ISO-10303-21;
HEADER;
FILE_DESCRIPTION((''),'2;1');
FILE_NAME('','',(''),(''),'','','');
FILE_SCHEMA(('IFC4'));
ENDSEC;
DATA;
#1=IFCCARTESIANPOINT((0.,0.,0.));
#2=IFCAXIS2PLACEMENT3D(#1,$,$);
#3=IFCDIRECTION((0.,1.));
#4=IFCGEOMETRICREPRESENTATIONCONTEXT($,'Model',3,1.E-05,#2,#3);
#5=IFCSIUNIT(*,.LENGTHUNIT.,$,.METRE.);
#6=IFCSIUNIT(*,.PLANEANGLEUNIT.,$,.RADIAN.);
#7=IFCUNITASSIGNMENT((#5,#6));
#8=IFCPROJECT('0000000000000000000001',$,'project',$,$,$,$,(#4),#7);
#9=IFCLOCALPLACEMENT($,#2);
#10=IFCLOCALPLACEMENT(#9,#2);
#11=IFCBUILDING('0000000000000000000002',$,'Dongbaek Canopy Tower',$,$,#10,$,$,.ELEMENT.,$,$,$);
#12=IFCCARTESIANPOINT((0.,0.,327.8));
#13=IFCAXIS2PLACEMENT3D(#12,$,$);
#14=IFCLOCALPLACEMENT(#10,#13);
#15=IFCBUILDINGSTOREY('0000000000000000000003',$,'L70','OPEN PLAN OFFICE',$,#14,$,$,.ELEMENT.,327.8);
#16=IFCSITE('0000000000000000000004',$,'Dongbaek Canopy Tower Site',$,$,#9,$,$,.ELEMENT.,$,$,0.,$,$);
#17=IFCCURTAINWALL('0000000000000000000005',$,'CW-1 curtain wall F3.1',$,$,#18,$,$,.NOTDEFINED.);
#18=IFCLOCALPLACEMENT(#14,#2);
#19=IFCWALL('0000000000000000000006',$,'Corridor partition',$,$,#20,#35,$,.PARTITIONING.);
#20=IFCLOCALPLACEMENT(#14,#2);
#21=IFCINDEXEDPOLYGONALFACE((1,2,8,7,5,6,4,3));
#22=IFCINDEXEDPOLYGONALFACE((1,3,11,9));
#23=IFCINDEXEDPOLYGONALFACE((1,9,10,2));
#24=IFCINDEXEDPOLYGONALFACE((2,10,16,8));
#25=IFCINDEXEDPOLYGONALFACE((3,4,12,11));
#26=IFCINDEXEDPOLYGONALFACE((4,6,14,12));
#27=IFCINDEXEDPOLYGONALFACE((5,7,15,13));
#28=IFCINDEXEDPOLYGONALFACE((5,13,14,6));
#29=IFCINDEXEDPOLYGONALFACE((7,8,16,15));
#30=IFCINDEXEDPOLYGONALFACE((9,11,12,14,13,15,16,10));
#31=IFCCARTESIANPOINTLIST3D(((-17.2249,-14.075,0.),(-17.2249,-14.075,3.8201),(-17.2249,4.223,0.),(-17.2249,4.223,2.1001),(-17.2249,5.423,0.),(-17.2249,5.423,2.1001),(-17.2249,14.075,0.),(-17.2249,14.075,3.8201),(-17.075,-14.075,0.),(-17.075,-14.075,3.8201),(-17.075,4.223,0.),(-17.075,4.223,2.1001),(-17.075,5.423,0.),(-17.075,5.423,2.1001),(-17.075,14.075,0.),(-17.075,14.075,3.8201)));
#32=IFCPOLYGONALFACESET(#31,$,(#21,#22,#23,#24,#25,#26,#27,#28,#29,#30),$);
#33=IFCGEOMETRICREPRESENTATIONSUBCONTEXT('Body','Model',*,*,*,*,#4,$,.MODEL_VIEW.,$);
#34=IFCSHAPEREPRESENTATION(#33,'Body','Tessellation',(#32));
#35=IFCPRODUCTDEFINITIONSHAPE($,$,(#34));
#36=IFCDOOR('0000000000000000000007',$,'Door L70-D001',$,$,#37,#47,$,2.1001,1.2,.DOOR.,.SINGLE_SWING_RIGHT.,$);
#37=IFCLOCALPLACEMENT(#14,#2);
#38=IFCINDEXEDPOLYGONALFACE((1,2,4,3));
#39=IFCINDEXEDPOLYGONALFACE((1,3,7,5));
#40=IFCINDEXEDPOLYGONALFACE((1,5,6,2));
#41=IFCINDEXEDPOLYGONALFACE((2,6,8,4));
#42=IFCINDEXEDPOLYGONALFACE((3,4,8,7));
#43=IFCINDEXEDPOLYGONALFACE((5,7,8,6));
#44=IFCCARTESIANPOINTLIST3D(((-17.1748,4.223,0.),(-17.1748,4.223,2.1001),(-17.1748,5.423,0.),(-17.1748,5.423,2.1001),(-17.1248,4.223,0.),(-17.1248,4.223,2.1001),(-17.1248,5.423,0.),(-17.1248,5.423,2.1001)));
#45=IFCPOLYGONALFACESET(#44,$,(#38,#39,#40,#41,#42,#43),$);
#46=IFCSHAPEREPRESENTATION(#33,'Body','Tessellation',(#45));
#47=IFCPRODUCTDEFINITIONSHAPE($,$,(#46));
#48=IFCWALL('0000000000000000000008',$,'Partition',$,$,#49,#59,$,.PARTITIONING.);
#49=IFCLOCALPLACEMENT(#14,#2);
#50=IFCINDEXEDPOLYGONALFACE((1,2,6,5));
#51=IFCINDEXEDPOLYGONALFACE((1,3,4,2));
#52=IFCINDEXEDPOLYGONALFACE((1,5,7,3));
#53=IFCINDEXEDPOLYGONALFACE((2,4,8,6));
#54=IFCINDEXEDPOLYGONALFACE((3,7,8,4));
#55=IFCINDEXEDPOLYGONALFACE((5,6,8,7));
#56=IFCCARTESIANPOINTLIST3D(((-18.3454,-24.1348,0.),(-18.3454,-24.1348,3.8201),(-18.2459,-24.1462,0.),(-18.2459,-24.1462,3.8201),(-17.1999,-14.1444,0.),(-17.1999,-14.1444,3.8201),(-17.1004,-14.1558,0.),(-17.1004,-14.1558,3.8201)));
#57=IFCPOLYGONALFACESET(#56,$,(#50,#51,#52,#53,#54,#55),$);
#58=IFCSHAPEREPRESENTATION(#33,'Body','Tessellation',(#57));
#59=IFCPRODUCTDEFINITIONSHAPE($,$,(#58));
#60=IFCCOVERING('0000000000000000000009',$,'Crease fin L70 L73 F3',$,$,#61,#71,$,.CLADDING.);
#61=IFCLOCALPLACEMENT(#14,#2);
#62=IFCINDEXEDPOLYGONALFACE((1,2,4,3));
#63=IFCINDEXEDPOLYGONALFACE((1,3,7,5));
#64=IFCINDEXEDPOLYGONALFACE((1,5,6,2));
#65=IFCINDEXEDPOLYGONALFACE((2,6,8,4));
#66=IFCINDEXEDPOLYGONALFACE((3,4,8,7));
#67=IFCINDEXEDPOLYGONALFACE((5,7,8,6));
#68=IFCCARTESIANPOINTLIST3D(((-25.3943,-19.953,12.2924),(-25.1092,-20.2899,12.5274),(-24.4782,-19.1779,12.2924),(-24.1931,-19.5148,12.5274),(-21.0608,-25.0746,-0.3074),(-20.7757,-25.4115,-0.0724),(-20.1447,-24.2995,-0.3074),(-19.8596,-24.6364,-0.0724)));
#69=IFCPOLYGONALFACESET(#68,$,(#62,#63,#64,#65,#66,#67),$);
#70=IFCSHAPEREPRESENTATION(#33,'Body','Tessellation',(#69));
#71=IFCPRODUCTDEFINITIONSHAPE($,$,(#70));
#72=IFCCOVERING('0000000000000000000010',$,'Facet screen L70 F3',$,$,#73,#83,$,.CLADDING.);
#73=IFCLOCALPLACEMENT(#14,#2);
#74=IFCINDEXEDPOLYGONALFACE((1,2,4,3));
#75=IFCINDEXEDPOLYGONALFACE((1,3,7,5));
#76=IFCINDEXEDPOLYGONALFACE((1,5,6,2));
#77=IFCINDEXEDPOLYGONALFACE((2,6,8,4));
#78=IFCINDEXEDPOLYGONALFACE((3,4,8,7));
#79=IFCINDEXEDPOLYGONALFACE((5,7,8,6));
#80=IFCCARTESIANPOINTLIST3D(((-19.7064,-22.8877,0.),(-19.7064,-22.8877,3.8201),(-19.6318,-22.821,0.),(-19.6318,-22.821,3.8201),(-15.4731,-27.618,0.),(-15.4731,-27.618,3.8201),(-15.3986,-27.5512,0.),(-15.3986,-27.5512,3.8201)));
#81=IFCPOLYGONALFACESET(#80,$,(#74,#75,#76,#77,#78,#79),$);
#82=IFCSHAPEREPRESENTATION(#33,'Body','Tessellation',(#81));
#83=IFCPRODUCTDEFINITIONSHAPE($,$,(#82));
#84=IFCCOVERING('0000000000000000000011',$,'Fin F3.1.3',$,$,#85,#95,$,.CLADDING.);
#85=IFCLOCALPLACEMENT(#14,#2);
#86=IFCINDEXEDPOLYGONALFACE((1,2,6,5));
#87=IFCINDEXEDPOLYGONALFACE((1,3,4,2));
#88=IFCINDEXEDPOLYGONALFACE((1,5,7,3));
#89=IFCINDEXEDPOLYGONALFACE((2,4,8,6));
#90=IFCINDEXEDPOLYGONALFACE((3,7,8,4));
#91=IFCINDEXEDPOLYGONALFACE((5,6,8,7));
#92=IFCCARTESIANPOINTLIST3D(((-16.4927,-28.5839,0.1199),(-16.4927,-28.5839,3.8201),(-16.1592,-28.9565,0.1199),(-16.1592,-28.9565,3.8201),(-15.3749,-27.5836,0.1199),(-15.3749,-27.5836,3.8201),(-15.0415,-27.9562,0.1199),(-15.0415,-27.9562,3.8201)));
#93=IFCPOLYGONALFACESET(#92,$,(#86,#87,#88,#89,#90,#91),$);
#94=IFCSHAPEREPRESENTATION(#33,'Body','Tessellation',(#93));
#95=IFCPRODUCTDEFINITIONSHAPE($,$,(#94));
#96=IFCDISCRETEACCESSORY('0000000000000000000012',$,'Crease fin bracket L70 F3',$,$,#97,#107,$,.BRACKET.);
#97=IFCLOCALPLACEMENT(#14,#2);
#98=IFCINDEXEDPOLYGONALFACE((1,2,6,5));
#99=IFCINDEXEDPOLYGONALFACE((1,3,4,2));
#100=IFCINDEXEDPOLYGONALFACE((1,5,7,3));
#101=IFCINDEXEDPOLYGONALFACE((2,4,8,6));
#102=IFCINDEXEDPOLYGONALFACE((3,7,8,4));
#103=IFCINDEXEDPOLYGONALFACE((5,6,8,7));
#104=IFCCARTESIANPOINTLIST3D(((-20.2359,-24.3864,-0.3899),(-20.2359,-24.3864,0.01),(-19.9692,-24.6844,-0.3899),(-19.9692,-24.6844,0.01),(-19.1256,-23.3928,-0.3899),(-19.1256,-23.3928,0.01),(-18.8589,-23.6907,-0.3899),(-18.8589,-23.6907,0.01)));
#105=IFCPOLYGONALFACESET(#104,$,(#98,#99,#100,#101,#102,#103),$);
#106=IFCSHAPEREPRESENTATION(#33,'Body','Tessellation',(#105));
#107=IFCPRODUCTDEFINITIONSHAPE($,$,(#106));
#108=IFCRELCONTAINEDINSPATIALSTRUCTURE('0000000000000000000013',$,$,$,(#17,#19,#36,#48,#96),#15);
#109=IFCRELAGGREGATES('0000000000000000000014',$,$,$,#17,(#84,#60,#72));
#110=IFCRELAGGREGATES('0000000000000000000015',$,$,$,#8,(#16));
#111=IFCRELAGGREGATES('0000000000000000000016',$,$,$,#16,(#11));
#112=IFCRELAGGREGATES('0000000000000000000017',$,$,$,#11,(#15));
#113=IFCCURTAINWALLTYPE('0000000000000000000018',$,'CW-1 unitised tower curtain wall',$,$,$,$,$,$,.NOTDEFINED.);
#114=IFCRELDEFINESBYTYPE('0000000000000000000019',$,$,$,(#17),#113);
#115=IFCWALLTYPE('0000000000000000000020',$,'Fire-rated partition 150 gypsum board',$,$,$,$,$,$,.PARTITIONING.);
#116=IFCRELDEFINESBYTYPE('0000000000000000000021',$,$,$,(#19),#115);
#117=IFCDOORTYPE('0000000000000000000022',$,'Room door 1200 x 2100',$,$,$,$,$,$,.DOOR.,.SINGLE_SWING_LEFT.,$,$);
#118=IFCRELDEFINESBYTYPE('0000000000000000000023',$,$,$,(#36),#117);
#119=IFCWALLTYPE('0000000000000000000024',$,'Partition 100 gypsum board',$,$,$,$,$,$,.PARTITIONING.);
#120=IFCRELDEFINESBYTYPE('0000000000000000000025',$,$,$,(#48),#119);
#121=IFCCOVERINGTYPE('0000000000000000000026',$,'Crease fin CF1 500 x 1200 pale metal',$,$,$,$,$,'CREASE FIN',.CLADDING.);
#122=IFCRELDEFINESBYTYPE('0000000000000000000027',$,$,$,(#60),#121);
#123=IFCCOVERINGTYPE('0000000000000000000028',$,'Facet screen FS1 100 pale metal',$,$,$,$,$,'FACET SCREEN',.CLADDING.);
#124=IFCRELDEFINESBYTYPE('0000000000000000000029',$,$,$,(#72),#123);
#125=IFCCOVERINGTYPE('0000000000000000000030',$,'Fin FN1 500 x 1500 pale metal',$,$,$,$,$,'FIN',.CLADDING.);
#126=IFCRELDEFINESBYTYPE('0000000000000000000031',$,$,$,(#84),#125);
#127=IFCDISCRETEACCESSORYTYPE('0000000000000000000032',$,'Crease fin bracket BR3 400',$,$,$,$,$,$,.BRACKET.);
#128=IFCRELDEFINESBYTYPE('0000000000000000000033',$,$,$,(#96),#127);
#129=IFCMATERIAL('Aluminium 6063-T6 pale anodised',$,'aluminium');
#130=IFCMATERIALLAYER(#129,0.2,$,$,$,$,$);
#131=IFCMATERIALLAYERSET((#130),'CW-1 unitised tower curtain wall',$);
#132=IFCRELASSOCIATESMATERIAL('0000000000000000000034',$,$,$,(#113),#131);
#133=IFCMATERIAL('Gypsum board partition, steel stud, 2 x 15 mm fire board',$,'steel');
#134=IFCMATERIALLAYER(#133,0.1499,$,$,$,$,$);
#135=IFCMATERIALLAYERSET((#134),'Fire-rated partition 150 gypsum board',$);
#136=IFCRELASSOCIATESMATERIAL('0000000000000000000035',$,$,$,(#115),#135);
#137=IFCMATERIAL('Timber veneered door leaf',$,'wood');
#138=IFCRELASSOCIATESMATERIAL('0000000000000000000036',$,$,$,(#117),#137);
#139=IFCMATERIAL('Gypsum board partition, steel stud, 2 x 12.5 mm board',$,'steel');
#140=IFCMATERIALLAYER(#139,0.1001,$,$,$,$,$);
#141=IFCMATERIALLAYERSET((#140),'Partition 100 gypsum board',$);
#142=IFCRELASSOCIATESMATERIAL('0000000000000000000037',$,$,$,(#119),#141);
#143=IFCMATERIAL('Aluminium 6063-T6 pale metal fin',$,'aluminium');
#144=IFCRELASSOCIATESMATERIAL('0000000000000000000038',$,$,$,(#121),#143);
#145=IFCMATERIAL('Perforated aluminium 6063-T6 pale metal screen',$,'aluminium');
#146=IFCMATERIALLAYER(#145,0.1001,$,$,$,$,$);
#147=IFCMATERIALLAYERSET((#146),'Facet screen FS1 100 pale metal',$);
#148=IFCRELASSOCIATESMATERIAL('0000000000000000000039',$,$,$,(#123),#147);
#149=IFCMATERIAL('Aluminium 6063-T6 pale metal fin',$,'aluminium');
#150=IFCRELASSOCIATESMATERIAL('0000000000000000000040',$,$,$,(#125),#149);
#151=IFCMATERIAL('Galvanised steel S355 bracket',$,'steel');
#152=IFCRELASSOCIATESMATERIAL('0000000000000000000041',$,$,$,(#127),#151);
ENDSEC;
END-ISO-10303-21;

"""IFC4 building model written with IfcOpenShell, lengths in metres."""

from ifc_helpers import new_model, si_unit, direction, frame, frame_2d, origin, origin_2d, place, context, subcontext, project, spatial, rectangle, extrude, material, layer, layer_set, material_profile, profile_set, type_object, element, fill, aggregate, save


model = new_model("IFC4")

# Units and contexts
model_context = context("Model", 3, precision=1e-05, world=origin(), true_north=direction((0.0, 1.0)))
body_context = subcontext(model_context, "Body", "Model", "MODEL_VIEW")
ifc_project = project(units=[si_unit("LENGTHUNIT", "METRE"), si_unit("PLANEANGLEUNIT", "RADIAN")], contexts=[model_context])

# Site, building, storey
site_placement = place(None, origin())
site = spatial("IfcSite", under=ifc_project, at=site_placement, Name="Dongbaek Canopy Tower Site", CompositionType="ELEMENT", RefElevation=0.0)
building_placement = place(site_placement, origin())
building = spatial("IfcBuilding", under=site, at=building_placement, Name="Dongbaek Canopy Tower", CompositionType="ELEMENT")
storey_placement = place(building_placement, frame((0.0, 0.0, 327.8)))
storey = spatial("IfcBuildingStorey", under=building, at=storey_placement, Name="L70", Description="OPEN PLAN OFFICE", CompositionType="ELEMENT", Elevation=327.8)

# Curtain wall
ifc_material_1 = material(Name="Aluminium 6063-T6 pale anodised", Category="aluminium")
ifc_layer_1 = layer(ifc_material_1, 0.2)
ifc_layer_set_1 = layer_set([ifc_layer_1], Name="CW-1 unitised tower curtain wall")
curtain_wall_type = type_object("IfcCurtainWallType", Name="CW-1 unitised tower curtain wall", PredefinedType="NOTDEFINED", material=ifc_layer_set_1)
curtain_wall_placement = place(storey_placement, origin())
curtain_wall = element("IfcCurtainWall", 1, at=curtain_wall_placement, inside=storey, type_object=curtain_wall_type, Name="CW-1 curtain wall F3.1", PredefinedType="NOTDEFINED")

# Wall, opening, door
ifc_material_2 = material(Name="Gypsum board partition, steel stud, 2 x 15 mm fire board", Category="steel")
ifc_layer_2 = layer(ifc_material_2, 0.1499)
ifc_layer_set_2 = layer_set([ifc_layer_2], Name="Fire-rated partition 150 gypsum board")
wall_type_1 = type_object("IfcWallType", Name="Fire-rated partition 150 gypsum board", PredefinedType="PARTITIONING", material=ifc_layer_set_2)
wall_1_placement = place(storey_placement, frame((-17.1499, -14.075, 0.0), z_axis=(0.0, 0.0, 1.0), x_axis=(0.0, 1.0, 0.0)))
wall_1 = element("IfcWall", 2, at=wall_1_placement, inside=storey, type_object=wall_type_1, Name="Corridor partition", PredefinedType="PARTITIONING", context=body_context, shape_type="SweptSolid", body=[
    extrude(rectangle(XDim=28.1499, YDim=0.1499, at=frame_2d((14.075, 0.0))), origin(), (0.0, 0.0, 1.0), 3.8201),
])
opening_placement = place(wall_1_placement, frame((18.2979, 0.0, 0.0)))
opening = element("IfcOpeningElement", 3, at=opening_placement, cuts=wall_1, PredefinedType="OPENING", context=body_context, shape_type="SweptSolid", body=[
    extrude(rectangle(XDim=1.2, YDim=2.1001, at=frame_2d((0.6001, 1.05))), frame((0.0, 0.085, 0.0), z_axis=(0.0, -1.0, 0.0), x_axis=(1.0, 0.0, 0.0)), (0.0, 0.0, 1.0), 0.1699),
])
ifc_material_3 = material(Name="Timber veneered door leaf", Category="wood")
door_type = type_object("IfcDoorType", Name="Room door 1200 x 2100", OperationType="SINGLE_SWING_LEFT", PredefinedType="DOOR", material=ifc_material_3)
door_placement = place(opening_placement, origin())
door = element("IfcDoor", 4, at=door_placement, inside=storey, type_object=door_type, Name="Door L70-D001", OperationType="SINGLE_SWING_RIGHT", OverallHeight=2.1001, OverallWidth=1.2, PredefinedType="DOOR", context=body_context, shape_type="SweptSolid", body=[
    extrude(rectangle(XDim=1.2, YDim=2.1001, at=frame_2d((0.6001, 1.05))), frame((0.0, 0.0249, 0.0), z_axis=(0.0, -1.0, 0.0), x_axis=(1.0, 0.0, 0.0)), (0.0, 0.0, 1.0), 0.05),
])
fill(opening, door)

# Wall
ifc_material_4 = material(Name="Gypsum board partition, steel stud, 2 x 12.5 mm board", Category="steel")
ifc_layer_3 = layer(ifc_material_4, 0.1001)
ifc_layer_set_3 = layer_set([ifc_layer_3], Name="Partition 100 gypsum board")
wall_type_2 = type_object("IfcWallType", Name="Partition 100 gypsum board", PredefinedType="PARTITIONING", material=ifc_layer_set_3)
wall_2_placement = place(storey_placement, frame((-18.2957, -24.1404, 0.0), z_axis=(0.0, 0.0, 1.0), x_axis=(0.113914, 0.993491, 0.0)))
element("IfcWall", 5, at=wall_2_placement, inside=storey, type_object=wall_type_2, Name="Partition", PredefinedType="PARTITIONING", context=body_context, shape_type="SweptSolid", body=[
    extrude(rectangle(XDim=10.0559, YDim=0.1001, at=frame_2d((5.0278, 0.0))), origin(), (0.0, 0.0, 1.0), 3.8201),
])

# Coverings
ifc_material_5 = material(Name="Aluminium 6063-T6 pale metal fin", Category="aluminium")
ifc_material_profile_1 = material_profile(ifc_material_5, rectangle(XDim=1.2, YDim=0.5, at=origin_2d()), Name="Crease fin CF1 500 x 1200 pale metal")
ifc_profile_set_1 = profile_set([ifc_material_profile_1], Name="Aluminium 6063-T6 pale metal fin")
covering_type_1 = type_object("IfcCoveringType", Name="Crease fin CF1 500 x 1200 pale metal", ElementType="CREASE FIN", PredefinedType="CLADDING", material=ifc_profile_set_1)
covering_1_placement = place(storey_placement, frame((-20.4602, -24.8555, -0.1899), z_axis=(-0.30358, 0.358788, 0.882672), x_axis=(-0.763397, -0.645929, 0.0)))
covering_1 = element("IfcCovering", 6, at=covering_1_placement, type_object=covering_type_1, Name="Crease fin L70 L73 F3", PredefinedType="CLADDING", context=body_context, shape_type="SweptSolid", body=[
    extrude(rectangle(XDim=1.2, YDim=0.5, at=origin_2d()), origin(), (0.0, 0.0, 1.0), 14.2747),
])
ifc_material_6 = material(Name="Perforated aluminium 6063-T6 pale metal screen", Category="aluminium")
ifc_layer_4 = layer(ifc_material_6, 0.1001)
ifc_layer_set_4 = layer_set([ifc_layer_4], Name="Facet screen FS1 100 pale metal")
covering_type_2 = type_object("IfcCoveringType", Name="Facet screen FS1 100 pale metal", ElementType="FACET SCREEN", PredefinedType="CLADDING", material=ifc_layer_set_4)
covering_2_placement = place(storey_placement, frame((-17.5525, -25.2195, 0.0), z_axis=(0.0, 0.0, 1.0), x_axis=(0.66688, -0.745165, 0.0)))
covering_2 = element("IfcCovering", 7, at=covering_2_placement, type_object=covering_type_2, Name="Facet screen L70 F3", PredefinedType="CLADDING", context=body_context, shape_type="SweptSolid", body=[
    extrude(rectangle(XDim=6.3479, YDim=0.1001, at=origin_2d()), origin(), (0.0, 0.0, 1.0), 3.8201),
])
ifc_material_7 = material(Name="Aluminium 6063-T6 pale metal fin", Category="aluminium")
ifc_material_profile_2 = material_profile(ifc_material_7, rectangle(XDim=1.5, YDim=0.5, at=origin_2d()), Name="Fin FN1 500 x 1500 pale metal")
ifc_profile_set_2 = profile_set([ifc_material_profile_2], Name="Aluminium 6063-T6 pale metal fin")
covering_type_3 = type_object("IfcCoveringType", Name="Fin FN1 500 x 1500 pale metal", ElementType="FIN", PredefinedType="CLADDING", material=ifc_profile_set_2)
covering_3_placement = place(storey_placement, frame((-15.7671, -28.27, 0.1199), z_axis=(0.0, 0.0, 1.0), x_axis=(-0.745165, -0.66688, 0.0)))
covering_3 = element("IfcCovering", 8, at=covering_3_placement, type_object=covering_type_3, Name="Fin F3.1.3", PredefinedType="CLADDING", context=body_context, shape_type="SweptSolid", body=[
    extrude(rectangle(XDim=1.5, YDim=0.5, at=origin_2d()), origin(), (0.0, 0.0, 1.0), 3.7002),
])
aggregate(curtain_wall, [covering_3, covering_1, covering_2])

# Discrete accessory
ifc_material_8 = material(Name="Galvanised steel S355 bracket", Category="steel")
discrete_accessory_type = type_object("IfcDiscreteAccessoryType", Name="Crease fin bracket BR3 400", PredefinedType="BRACKET", material=ifc_material_8)
discrete_accessory_placement = place(storey_placement, frame((-19.5474, -24.0386, -0.3899), z_axis=(0.0, 0.0, 1.0), x_axis=(-0.745165, -0.66688, 0.0)))
element("IfcDiscreteAccessory", 9, at=discrete_accessory_placement, inside=storey, type_object=discrete_accessory_type, Name="Crease fin bracket L70 F3", PredefinedType="BRACKET", context=body_context, shape_type="SweptSolid", body=[
    extrude(rectangle(XDim=1.49, YDim=0.3999, at=origin_2d()), origin(), (0.0, 0.0, 1.0), 0.3999),
])

save(model, "model.ifc")
